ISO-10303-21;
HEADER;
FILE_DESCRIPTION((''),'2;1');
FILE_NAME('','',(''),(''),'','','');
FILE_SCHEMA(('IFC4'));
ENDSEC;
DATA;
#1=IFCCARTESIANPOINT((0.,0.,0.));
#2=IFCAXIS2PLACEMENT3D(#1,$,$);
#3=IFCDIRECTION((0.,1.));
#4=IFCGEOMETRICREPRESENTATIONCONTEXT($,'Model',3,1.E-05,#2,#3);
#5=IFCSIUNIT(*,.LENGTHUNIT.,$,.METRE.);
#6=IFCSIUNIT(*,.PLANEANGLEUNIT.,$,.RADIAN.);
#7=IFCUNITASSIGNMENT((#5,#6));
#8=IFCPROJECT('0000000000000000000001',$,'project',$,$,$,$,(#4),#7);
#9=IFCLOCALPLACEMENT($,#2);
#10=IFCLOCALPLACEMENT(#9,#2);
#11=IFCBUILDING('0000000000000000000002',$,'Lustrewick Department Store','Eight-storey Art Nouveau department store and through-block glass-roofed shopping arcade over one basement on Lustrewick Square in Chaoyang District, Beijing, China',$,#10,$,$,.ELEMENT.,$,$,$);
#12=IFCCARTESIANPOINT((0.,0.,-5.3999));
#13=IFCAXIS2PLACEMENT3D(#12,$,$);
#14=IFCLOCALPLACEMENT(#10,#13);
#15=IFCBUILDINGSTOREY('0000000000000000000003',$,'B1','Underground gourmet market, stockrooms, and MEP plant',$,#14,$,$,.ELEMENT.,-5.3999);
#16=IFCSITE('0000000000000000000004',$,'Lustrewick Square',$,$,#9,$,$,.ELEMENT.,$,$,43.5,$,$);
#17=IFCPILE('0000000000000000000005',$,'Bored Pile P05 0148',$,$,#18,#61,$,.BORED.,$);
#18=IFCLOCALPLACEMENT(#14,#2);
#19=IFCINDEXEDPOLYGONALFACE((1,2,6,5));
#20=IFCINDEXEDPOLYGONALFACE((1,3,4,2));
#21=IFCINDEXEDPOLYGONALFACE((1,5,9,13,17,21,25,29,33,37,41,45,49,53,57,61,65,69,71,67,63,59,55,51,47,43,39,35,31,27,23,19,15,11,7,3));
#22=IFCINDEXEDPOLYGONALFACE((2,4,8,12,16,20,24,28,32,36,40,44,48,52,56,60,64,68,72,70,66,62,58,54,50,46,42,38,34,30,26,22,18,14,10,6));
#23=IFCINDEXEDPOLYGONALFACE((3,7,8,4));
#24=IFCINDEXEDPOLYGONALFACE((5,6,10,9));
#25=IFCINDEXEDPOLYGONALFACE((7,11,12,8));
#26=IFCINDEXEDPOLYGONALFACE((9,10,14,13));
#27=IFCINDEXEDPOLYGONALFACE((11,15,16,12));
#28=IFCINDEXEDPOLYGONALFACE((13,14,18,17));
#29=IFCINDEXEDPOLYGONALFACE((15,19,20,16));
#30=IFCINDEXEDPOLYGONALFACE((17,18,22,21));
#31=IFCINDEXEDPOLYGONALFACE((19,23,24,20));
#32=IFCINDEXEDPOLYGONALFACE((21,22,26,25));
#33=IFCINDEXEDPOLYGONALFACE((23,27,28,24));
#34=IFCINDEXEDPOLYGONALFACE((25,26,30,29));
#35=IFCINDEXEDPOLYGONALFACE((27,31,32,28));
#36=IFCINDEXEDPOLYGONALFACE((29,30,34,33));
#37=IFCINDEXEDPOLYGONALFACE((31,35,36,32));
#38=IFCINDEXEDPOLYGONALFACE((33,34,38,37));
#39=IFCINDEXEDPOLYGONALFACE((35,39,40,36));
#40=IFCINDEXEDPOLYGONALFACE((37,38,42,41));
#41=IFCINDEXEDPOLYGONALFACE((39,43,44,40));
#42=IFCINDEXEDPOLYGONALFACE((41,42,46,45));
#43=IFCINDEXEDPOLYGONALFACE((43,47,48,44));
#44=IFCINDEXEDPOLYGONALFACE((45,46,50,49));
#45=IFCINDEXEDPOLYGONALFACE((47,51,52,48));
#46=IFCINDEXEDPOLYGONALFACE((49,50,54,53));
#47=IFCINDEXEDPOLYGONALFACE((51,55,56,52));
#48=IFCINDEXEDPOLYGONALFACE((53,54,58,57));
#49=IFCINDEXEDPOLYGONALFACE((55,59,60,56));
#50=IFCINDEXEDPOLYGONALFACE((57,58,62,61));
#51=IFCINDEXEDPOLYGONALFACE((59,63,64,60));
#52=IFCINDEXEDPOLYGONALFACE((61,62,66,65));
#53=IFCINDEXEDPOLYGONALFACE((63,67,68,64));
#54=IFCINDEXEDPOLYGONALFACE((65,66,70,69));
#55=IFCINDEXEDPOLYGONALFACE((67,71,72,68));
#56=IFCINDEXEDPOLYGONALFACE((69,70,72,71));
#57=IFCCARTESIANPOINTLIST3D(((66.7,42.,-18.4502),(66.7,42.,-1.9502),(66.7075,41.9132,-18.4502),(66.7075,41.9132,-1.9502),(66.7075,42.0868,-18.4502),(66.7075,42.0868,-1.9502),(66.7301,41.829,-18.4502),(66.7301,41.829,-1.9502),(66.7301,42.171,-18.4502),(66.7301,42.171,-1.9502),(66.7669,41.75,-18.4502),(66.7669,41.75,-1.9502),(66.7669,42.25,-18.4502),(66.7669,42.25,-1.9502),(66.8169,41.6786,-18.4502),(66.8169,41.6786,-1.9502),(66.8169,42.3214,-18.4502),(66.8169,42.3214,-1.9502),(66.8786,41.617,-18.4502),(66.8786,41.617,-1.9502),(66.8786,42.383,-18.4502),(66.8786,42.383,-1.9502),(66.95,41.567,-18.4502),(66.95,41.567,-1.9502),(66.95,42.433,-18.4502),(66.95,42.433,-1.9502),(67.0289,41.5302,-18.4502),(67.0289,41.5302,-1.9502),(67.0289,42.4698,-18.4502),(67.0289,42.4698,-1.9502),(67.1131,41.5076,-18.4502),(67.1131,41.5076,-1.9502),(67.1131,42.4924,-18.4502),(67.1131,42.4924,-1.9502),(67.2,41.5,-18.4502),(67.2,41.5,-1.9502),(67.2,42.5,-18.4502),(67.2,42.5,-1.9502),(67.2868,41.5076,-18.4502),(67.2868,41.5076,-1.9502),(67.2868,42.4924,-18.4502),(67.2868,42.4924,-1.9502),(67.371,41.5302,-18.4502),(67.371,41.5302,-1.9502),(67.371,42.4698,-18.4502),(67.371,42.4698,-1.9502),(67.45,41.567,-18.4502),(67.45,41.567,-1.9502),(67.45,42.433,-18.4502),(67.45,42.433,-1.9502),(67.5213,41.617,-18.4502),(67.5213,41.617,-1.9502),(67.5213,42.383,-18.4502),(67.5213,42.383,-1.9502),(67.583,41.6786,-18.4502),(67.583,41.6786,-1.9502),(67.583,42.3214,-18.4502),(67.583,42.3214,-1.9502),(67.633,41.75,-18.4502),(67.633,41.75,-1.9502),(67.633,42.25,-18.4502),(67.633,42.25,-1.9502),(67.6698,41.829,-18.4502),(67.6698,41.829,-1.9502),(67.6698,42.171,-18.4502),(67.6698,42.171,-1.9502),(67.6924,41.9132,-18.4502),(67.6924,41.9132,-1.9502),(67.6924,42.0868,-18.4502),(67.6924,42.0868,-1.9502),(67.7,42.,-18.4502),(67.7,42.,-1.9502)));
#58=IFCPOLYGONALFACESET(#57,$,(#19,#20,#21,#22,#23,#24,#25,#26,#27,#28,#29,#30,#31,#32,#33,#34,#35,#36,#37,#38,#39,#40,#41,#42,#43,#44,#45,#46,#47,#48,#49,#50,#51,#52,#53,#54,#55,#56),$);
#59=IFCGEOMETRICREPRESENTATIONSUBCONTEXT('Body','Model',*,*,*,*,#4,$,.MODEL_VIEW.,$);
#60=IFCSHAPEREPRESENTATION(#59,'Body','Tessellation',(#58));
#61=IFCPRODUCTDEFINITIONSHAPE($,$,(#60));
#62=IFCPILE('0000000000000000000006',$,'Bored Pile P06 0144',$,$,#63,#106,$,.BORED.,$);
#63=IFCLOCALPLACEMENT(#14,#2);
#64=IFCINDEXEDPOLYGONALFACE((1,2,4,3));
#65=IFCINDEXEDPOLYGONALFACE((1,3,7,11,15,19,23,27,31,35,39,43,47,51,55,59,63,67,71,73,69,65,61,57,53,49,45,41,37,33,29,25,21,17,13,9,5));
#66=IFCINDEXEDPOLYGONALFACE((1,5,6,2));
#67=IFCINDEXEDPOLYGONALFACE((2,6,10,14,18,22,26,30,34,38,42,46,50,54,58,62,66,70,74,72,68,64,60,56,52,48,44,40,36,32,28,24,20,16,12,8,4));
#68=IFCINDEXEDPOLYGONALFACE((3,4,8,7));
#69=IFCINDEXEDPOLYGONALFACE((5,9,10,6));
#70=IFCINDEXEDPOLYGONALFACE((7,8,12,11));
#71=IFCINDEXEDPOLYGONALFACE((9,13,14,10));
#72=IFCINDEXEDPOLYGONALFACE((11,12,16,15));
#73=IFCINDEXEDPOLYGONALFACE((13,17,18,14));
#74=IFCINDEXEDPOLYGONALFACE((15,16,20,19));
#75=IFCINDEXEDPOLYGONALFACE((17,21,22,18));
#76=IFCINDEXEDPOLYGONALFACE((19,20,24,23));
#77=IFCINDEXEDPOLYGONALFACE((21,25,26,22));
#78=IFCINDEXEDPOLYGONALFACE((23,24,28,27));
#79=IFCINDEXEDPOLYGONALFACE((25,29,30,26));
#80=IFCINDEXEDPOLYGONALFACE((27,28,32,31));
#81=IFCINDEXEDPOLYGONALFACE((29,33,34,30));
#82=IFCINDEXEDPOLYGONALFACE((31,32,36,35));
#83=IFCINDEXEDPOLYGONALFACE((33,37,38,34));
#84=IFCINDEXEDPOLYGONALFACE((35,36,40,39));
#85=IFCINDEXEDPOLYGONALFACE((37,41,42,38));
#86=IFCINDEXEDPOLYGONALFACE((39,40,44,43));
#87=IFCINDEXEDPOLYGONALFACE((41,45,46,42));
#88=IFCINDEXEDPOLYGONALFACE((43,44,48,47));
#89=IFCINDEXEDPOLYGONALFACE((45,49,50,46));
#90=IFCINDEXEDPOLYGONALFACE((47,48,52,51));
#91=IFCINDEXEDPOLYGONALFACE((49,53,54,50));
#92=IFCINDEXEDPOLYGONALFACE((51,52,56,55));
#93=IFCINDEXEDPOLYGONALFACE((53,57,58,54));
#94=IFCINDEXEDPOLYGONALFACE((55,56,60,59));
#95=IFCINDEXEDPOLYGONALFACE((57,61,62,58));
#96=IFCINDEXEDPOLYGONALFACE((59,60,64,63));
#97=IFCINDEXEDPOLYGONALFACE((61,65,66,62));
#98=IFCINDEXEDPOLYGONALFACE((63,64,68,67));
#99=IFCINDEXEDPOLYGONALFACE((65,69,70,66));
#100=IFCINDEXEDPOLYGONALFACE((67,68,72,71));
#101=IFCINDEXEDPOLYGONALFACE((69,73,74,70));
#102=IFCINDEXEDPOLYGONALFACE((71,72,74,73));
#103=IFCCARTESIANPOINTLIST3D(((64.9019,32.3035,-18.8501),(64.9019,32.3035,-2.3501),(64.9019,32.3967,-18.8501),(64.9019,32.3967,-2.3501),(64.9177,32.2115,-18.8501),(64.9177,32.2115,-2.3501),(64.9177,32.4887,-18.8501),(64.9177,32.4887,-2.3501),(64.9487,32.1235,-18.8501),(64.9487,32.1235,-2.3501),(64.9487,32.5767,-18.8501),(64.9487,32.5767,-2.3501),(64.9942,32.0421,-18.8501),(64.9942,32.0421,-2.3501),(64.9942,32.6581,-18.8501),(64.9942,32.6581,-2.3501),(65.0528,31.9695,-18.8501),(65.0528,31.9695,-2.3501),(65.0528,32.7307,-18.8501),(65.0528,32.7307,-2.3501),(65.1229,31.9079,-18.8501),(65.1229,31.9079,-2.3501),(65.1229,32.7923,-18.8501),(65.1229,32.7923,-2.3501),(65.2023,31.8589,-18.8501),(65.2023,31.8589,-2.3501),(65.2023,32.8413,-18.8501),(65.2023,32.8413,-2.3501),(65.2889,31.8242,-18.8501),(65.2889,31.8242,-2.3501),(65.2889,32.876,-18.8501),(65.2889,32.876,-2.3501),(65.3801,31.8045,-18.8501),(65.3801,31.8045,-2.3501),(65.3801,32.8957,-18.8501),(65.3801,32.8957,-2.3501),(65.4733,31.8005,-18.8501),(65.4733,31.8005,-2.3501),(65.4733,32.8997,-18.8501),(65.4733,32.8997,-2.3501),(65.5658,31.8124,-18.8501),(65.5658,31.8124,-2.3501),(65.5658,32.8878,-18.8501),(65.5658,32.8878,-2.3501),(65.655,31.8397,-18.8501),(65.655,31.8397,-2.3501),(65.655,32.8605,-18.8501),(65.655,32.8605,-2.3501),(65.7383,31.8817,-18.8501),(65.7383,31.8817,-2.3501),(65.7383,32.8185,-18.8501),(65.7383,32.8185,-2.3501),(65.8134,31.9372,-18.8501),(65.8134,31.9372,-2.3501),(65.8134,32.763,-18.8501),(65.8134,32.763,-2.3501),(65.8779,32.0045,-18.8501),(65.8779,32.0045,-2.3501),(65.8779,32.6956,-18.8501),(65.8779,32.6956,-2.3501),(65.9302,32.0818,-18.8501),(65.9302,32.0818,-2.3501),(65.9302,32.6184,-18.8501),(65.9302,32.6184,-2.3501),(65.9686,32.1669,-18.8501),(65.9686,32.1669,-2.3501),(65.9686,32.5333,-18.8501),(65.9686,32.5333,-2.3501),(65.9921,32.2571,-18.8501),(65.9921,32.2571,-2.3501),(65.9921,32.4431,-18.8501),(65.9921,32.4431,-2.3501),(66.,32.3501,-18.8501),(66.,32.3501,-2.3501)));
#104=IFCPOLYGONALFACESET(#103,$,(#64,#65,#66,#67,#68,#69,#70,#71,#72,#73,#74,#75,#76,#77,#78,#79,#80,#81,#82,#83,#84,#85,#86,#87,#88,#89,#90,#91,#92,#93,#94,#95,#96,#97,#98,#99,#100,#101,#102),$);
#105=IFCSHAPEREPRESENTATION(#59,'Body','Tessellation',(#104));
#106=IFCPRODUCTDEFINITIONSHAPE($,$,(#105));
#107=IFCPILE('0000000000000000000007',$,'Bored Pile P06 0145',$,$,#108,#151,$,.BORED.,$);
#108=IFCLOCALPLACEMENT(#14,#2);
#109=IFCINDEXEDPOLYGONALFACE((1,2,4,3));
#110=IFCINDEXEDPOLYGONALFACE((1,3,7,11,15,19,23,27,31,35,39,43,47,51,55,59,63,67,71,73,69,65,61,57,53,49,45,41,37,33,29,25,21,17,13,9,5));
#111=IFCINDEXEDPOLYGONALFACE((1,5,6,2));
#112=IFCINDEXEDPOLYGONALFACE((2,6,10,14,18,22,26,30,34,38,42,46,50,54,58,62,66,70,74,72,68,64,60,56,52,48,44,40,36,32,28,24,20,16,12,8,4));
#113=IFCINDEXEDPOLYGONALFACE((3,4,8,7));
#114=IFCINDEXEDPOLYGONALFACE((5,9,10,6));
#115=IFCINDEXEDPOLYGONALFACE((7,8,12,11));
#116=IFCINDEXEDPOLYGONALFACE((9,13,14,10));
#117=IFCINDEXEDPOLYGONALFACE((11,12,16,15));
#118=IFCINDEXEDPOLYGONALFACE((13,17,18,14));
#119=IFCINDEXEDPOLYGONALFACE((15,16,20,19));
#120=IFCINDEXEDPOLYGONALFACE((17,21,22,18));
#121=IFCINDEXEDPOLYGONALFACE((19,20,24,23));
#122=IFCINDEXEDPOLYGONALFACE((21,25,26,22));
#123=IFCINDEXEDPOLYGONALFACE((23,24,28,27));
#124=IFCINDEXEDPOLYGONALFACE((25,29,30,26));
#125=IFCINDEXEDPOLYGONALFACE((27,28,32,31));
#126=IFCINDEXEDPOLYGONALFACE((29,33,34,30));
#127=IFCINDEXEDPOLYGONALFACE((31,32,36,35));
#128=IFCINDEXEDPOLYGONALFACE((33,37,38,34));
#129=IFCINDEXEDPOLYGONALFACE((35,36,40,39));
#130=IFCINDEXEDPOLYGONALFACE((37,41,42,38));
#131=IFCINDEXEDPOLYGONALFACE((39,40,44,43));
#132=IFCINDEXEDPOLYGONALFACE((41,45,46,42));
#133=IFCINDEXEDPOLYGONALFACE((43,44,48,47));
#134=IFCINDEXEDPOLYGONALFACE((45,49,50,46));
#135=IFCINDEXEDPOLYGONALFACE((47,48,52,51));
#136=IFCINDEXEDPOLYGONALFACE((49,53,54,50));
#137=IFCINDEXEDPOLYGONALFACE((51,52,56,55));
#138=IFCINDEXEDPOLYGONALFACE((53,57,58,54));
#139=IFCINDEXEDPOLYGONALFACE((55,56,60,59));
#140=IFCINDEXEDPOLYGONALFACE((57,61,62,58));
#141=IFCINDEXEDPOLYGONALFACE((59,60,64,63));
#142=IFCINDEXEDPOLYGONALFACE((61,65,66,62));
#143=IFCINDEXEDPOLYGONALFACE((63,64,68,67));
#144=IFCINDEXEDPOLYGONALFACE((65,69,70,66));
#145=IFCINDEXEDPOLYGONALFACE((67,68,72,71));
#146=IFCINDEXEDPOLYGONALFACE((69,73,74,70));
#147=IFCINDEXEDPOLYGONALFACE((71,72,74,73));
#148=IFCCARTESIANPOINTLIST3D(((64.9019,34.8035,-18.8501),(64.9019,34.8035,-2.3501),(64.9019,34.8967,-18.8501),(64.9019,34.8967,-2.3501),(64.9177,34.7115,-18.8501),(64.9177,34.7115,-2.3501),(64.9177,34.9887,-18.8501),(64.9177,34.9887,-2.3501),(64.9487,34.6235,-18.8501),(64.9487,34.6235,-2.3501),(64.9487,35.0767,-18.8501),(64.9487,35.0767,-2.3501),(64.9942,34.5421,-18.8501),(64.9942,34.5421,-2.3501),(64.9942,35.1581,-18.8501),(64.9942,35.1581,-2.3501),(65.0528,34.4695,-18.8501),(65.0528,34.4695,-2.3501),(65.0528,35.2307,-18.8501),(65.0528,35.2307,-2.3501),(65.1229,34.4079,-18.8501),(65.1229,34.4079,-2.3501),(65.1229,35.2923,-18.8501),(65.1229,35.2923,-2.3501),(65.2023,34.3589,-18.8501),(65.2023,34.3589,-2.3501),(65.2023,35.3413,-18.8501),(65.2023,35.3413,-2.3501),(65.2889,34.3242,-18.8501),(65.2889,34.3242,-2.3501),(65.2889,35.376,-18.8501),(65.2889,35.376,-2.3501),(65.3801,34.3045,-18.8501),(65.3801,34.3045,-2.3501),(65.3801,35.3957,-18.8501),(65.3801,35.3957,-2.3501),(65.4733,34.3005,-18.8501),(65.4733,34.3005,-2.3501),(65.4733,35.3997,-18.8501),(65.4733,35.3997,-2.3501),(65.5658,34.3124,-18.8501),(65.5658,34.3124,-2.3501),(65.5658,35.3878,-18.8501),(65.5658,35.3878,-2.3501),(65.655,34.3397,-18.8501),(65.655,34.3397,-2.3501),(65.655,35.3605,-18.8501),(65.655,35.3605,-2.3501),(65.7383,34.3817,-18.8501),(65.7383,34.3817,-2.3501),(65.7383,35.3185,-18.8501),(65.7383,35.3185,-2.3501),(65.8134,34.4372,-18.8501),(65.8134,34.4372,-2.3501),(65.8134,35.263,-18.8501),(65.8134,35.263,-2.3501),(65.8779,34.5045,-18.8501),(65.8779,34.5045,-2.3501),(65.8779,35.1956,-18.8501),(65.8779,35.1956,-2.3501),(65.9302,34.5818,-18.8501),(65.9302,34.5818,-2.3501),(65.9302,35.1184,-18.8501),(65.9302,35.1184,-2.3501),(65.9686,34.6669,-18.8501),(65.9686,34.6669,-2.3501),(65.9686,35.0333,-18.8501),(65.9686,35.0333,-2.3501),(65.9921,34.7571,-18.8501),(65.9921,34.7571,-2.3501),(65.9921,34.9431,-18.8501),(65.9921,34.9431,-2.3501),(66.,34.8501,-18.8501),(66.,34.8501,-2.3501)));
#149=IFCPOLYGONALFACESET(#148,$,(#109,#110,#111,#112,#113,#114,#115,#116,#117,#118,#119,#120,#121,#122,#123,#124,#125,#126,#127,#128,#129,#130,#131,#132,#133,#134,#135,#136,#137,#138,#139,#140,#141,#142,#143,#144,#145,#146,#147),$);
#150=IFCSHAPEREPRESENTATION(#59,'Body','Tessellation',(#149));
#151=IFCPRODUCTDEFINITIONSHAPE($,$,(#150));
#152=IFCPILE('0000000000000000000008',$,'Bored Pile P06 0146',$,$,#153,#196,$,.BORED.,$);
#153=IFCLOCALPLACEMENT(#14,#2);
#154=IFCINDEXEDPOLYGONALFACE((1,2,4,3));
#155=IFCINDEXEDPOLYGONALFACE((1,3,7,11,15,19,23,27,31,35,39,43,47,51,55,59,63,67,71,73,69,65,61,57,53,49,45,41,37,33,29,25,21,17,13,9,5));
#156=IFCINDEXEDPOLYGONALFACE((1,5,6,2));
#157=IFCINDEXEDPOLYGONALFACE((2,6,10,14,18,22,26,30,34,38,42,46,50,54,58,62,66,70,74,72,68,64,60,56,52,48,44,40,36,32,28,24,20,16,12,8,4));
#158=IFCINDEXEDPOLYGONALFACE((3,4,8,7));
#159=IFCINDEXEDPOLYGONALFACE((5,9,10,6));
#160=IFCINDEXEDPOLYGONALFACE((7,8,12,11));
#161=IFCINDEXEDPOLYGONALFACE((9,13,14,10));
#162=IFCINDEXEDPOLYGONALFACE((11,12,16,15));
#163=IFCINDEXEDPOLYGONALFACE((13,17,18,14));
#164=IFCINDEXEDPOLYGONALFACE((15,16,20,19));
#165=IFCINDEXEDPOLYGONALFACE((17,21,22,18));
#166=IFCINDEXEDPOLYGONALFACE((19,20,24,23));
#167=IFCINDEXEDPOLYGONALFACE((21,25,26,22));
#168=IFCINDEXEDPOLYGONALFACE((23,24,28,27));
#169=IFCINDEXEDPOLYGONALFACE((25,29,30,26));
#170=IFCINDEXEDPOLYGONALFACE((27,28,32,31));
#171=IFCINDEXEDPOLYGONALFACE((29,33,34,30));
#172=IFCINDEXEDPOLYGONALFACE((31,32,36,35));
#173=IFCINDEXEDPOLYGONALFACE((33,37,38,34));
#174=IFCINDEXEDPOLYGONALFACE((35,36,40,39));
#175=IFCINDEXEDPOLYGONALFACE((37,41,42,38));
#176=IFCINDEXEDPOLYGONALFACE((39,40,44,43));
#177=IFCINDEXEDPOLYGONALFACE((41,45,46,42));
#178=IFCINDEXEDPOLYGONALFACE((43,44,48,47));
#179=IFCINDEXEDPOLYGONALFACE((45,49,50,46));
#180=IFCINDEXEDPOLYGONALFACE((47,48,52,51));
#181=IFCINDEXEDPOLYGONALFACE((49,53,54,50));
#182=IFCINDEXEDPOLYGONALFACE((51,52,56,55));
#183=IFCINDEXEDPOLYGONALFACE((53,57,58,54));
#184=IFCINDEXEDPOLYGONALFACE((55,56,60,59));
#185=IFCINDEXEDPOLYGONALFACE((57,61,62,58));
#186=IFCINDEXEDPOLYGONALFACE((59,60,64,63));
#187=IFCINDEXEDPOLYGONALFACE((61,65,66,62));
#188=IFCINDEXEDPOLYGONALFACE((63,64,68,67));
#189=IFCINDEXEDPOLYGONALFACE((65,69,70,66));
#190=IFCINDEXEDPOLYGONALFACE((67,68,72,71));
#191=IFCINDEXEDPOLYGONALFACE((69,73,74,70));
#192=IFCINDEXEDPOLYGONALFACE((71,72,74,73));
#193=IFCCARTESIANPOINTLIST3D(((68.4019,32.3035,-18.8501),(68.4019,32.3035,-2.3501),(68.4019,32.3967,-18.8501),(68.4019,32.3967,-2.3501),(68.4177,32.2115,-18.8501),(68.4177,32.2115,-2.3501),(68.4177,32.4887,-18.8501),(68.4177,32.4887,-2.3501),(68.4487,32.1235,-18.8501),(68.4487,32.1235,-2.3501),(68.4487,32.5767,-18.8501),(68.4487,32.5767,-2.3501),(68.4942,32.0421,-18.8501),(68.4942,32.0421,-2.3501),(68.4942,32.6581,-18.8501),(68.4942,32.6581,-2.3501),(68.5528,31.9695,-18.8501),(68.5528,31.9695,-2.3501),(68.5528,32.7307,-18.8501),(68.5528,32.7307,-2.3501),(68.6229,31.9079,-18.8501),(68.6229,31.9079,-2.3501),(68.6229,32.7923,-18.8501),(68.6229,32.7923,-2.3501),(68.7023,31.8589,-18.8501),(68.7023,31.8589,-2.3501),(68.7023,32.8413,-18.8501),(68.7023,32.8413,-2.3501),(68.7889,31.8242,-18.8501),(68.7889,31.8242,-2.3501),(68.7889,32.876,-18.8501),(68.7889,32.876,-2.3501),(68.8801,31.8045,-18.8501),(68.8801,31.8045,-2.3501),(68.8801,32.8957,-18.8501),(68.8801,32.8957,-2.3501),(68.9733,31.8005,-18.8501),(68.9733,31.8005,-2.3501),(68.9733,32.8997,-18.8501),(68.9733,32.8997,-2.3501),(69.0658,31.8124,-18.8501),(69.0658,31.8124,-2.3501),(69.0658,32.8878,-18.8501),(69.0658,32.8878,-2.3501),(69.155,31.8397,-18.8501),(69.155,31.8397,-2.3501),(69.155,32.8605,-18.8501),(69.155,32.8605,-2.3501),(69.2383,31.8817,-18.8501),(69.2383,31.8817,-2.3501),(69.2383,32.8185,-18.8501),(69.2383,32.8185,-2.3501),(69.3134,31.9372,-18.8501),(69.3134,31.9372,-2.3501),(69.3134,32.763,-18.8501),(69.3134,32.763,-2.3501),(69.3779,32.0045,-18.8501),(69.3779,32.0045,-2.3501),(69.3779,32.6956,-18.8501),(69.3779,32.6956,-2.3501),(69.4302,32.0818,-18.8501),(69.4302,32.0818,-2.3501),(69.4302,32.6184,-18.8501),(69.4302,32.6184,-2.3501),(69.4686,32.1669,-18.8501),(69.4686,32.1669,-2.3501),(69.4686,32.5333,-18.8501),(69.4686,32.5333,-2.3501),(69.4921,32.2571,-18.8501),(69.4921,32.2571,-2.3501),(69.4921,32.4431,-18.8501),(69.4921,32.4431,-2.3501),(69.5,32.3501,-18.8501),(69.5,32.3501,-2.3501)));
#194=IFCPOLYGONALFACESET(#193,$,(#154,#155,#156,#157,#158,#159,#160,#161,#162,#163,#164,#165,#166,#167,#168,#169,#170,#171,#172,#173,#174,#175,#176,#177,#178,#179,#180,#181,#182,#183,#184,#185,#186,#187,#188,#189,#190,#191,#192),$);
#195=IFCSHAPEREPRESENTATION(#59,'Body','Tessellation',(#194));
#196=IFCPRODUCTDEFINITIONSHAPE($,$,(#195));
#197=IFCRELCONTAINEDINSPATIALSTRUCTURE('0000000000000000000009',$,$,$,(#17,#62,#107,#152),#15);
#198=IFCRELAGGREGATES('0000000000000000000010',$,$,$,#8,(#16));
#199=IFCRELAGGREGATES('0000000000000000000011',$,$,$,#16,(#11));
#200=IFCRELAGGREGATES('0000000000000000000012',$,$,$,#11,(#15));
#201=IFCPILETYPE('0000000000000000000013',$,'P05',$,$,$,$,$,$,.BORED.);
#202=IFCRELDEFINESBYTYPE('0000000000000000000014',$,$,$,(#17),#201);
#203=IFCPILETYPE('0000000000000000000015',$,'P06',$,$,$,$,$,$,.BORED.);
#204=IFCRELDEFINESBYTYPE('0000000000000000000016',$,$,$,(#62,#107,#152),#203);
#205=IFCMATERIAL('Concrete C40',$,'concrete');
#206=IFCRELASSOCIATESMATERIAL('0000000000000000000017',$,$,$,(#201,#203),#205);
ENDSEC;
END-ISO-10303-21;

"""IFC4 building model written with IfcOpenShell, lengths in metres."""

from ifc_helpers import new_model, si_unit, direction, frame, origin, origin_2d, place, context, subcontext, project, spatial, circle, extrude, material, material_profile, profile_set, type_object, element, save


model = new_model("IFC4")

# Units and contexts
model_context = context("Model", 3, precision=1e-05, world=origin(), true_north=direction((0.0, 1.0)))
body_context = subcontext(model_context, "Body", "Model", "MODEL_VIEW")
ifc_project = project(units=[si_unit("LENGTHUNIT", "METRE"), si_unit("PLANEANGLEUNIT", "RADIAN")], contexts=[model_context])

# Site, building, storey
site_placement = place(None, origin())
site = spatial("IfcSite", under=ifc_project, at=site_placement, Name="Lustrewick Square", CompositionType="ELEMENT", RefElevation=43.5)
building_placement = place(site_placement, origin())
building = spatial("IfcBuilding", under=site, at=building_placement, Name="Lustrewick Department Store", Description="Eight-storey Art Nouveau department store and through-block glass-roofed shopping arcade over one basement on Lustrewick Square in Chaoyang District, Beijing, China", CompositionType="ELEMENT")
storey_placement = place(building_placement, frame((0.0, 0.0, -5.3999)))
storey = spatial("IfcBuildingStorey", under=building, at=storey_placement, Name="B1", Description="Underground gourmet market, stockrooms, and MEP plant", CompositionType="ELEMENT", Elevation=-5.3999)

# Piles
ifc_material_1 = material(Name="Concrete C40", Category="concrete")
ifc_material_profile_1 = material_profile(ifc_material_1, circle(Radius=0.5, at=origin_2d()), Name="PILE D1000")
ifc_profile_set_1 = profile_set([ifc_material_profile_1], Name="Concrete C40")
pile_type_1 = type_object("IfcPileType", Name="P05", PredefinedType="BORED", material=ifc_profile_set_1)
pile_placement = place(storey_placement, frame((67.2, 42.0, -1.9502), z_axis=(0.0, 0.0, -1.0), x_axis=(1.0, 0.0, 0.0)))
element("IfcPile", 1, at=pile_placement, inside=storey, type_object=pile_type_1, Name="Bored Pile P05 0148", PredefinedType="BORED", context=body_context, shape_type="SweptSolid", body=[
    extrude(circle(Radius=0.5, at=origin_2d()), origin(), (0.0, 0.0, 1.0), 16.5),
])
ifc_material_profile_2 = material_profile(ifc_material_1, circle(Radius=0.55, at=origin_2d()), Name="PILE D1100")
ifc_profile_set_2 = profile_set([ifc_material_profile_2], Name="Concrete C40")
pile_type_2 = type_object("IfcPileType", Name="P06", PredefinedType="BORED", material=ifc_profile_set_2)
for number, where, z_axis, x_axis, name in (
    (2, (65.45, 32.3501, -2.3501), (0.0, 0.0, -1.0), (1.0, 0.0, 0.0), "Bored Pile P06 0144"),
    (3, (65.45, 34.8501, -2.3501), (0.0, 0.0, -1.0), (1.0, 0.0, 0.0), "Bored Pile P06 0145"),
    (4, (68.95, 32.3501, -2.3501), (0.0, 0.0, -1.0), (1.0, 0.0, 0.0), "Bored Pile P06 0146"),
):
    element("IfcPile", number, at=place(storey_placement, frame(where, z_axis=z_axis, x_axis=x_axis)), inside=storey, type_object=pile_type_2, Name=name, PredefinedType="BORED", context=body_context, shape_type="SweptSolid", body=[
        extrude(circle(Radius=0.55, at=origin_2d()), origin(), (0.0, 0.0, 1.0), 16.5),
    ])

save(model, "model.ifc")
